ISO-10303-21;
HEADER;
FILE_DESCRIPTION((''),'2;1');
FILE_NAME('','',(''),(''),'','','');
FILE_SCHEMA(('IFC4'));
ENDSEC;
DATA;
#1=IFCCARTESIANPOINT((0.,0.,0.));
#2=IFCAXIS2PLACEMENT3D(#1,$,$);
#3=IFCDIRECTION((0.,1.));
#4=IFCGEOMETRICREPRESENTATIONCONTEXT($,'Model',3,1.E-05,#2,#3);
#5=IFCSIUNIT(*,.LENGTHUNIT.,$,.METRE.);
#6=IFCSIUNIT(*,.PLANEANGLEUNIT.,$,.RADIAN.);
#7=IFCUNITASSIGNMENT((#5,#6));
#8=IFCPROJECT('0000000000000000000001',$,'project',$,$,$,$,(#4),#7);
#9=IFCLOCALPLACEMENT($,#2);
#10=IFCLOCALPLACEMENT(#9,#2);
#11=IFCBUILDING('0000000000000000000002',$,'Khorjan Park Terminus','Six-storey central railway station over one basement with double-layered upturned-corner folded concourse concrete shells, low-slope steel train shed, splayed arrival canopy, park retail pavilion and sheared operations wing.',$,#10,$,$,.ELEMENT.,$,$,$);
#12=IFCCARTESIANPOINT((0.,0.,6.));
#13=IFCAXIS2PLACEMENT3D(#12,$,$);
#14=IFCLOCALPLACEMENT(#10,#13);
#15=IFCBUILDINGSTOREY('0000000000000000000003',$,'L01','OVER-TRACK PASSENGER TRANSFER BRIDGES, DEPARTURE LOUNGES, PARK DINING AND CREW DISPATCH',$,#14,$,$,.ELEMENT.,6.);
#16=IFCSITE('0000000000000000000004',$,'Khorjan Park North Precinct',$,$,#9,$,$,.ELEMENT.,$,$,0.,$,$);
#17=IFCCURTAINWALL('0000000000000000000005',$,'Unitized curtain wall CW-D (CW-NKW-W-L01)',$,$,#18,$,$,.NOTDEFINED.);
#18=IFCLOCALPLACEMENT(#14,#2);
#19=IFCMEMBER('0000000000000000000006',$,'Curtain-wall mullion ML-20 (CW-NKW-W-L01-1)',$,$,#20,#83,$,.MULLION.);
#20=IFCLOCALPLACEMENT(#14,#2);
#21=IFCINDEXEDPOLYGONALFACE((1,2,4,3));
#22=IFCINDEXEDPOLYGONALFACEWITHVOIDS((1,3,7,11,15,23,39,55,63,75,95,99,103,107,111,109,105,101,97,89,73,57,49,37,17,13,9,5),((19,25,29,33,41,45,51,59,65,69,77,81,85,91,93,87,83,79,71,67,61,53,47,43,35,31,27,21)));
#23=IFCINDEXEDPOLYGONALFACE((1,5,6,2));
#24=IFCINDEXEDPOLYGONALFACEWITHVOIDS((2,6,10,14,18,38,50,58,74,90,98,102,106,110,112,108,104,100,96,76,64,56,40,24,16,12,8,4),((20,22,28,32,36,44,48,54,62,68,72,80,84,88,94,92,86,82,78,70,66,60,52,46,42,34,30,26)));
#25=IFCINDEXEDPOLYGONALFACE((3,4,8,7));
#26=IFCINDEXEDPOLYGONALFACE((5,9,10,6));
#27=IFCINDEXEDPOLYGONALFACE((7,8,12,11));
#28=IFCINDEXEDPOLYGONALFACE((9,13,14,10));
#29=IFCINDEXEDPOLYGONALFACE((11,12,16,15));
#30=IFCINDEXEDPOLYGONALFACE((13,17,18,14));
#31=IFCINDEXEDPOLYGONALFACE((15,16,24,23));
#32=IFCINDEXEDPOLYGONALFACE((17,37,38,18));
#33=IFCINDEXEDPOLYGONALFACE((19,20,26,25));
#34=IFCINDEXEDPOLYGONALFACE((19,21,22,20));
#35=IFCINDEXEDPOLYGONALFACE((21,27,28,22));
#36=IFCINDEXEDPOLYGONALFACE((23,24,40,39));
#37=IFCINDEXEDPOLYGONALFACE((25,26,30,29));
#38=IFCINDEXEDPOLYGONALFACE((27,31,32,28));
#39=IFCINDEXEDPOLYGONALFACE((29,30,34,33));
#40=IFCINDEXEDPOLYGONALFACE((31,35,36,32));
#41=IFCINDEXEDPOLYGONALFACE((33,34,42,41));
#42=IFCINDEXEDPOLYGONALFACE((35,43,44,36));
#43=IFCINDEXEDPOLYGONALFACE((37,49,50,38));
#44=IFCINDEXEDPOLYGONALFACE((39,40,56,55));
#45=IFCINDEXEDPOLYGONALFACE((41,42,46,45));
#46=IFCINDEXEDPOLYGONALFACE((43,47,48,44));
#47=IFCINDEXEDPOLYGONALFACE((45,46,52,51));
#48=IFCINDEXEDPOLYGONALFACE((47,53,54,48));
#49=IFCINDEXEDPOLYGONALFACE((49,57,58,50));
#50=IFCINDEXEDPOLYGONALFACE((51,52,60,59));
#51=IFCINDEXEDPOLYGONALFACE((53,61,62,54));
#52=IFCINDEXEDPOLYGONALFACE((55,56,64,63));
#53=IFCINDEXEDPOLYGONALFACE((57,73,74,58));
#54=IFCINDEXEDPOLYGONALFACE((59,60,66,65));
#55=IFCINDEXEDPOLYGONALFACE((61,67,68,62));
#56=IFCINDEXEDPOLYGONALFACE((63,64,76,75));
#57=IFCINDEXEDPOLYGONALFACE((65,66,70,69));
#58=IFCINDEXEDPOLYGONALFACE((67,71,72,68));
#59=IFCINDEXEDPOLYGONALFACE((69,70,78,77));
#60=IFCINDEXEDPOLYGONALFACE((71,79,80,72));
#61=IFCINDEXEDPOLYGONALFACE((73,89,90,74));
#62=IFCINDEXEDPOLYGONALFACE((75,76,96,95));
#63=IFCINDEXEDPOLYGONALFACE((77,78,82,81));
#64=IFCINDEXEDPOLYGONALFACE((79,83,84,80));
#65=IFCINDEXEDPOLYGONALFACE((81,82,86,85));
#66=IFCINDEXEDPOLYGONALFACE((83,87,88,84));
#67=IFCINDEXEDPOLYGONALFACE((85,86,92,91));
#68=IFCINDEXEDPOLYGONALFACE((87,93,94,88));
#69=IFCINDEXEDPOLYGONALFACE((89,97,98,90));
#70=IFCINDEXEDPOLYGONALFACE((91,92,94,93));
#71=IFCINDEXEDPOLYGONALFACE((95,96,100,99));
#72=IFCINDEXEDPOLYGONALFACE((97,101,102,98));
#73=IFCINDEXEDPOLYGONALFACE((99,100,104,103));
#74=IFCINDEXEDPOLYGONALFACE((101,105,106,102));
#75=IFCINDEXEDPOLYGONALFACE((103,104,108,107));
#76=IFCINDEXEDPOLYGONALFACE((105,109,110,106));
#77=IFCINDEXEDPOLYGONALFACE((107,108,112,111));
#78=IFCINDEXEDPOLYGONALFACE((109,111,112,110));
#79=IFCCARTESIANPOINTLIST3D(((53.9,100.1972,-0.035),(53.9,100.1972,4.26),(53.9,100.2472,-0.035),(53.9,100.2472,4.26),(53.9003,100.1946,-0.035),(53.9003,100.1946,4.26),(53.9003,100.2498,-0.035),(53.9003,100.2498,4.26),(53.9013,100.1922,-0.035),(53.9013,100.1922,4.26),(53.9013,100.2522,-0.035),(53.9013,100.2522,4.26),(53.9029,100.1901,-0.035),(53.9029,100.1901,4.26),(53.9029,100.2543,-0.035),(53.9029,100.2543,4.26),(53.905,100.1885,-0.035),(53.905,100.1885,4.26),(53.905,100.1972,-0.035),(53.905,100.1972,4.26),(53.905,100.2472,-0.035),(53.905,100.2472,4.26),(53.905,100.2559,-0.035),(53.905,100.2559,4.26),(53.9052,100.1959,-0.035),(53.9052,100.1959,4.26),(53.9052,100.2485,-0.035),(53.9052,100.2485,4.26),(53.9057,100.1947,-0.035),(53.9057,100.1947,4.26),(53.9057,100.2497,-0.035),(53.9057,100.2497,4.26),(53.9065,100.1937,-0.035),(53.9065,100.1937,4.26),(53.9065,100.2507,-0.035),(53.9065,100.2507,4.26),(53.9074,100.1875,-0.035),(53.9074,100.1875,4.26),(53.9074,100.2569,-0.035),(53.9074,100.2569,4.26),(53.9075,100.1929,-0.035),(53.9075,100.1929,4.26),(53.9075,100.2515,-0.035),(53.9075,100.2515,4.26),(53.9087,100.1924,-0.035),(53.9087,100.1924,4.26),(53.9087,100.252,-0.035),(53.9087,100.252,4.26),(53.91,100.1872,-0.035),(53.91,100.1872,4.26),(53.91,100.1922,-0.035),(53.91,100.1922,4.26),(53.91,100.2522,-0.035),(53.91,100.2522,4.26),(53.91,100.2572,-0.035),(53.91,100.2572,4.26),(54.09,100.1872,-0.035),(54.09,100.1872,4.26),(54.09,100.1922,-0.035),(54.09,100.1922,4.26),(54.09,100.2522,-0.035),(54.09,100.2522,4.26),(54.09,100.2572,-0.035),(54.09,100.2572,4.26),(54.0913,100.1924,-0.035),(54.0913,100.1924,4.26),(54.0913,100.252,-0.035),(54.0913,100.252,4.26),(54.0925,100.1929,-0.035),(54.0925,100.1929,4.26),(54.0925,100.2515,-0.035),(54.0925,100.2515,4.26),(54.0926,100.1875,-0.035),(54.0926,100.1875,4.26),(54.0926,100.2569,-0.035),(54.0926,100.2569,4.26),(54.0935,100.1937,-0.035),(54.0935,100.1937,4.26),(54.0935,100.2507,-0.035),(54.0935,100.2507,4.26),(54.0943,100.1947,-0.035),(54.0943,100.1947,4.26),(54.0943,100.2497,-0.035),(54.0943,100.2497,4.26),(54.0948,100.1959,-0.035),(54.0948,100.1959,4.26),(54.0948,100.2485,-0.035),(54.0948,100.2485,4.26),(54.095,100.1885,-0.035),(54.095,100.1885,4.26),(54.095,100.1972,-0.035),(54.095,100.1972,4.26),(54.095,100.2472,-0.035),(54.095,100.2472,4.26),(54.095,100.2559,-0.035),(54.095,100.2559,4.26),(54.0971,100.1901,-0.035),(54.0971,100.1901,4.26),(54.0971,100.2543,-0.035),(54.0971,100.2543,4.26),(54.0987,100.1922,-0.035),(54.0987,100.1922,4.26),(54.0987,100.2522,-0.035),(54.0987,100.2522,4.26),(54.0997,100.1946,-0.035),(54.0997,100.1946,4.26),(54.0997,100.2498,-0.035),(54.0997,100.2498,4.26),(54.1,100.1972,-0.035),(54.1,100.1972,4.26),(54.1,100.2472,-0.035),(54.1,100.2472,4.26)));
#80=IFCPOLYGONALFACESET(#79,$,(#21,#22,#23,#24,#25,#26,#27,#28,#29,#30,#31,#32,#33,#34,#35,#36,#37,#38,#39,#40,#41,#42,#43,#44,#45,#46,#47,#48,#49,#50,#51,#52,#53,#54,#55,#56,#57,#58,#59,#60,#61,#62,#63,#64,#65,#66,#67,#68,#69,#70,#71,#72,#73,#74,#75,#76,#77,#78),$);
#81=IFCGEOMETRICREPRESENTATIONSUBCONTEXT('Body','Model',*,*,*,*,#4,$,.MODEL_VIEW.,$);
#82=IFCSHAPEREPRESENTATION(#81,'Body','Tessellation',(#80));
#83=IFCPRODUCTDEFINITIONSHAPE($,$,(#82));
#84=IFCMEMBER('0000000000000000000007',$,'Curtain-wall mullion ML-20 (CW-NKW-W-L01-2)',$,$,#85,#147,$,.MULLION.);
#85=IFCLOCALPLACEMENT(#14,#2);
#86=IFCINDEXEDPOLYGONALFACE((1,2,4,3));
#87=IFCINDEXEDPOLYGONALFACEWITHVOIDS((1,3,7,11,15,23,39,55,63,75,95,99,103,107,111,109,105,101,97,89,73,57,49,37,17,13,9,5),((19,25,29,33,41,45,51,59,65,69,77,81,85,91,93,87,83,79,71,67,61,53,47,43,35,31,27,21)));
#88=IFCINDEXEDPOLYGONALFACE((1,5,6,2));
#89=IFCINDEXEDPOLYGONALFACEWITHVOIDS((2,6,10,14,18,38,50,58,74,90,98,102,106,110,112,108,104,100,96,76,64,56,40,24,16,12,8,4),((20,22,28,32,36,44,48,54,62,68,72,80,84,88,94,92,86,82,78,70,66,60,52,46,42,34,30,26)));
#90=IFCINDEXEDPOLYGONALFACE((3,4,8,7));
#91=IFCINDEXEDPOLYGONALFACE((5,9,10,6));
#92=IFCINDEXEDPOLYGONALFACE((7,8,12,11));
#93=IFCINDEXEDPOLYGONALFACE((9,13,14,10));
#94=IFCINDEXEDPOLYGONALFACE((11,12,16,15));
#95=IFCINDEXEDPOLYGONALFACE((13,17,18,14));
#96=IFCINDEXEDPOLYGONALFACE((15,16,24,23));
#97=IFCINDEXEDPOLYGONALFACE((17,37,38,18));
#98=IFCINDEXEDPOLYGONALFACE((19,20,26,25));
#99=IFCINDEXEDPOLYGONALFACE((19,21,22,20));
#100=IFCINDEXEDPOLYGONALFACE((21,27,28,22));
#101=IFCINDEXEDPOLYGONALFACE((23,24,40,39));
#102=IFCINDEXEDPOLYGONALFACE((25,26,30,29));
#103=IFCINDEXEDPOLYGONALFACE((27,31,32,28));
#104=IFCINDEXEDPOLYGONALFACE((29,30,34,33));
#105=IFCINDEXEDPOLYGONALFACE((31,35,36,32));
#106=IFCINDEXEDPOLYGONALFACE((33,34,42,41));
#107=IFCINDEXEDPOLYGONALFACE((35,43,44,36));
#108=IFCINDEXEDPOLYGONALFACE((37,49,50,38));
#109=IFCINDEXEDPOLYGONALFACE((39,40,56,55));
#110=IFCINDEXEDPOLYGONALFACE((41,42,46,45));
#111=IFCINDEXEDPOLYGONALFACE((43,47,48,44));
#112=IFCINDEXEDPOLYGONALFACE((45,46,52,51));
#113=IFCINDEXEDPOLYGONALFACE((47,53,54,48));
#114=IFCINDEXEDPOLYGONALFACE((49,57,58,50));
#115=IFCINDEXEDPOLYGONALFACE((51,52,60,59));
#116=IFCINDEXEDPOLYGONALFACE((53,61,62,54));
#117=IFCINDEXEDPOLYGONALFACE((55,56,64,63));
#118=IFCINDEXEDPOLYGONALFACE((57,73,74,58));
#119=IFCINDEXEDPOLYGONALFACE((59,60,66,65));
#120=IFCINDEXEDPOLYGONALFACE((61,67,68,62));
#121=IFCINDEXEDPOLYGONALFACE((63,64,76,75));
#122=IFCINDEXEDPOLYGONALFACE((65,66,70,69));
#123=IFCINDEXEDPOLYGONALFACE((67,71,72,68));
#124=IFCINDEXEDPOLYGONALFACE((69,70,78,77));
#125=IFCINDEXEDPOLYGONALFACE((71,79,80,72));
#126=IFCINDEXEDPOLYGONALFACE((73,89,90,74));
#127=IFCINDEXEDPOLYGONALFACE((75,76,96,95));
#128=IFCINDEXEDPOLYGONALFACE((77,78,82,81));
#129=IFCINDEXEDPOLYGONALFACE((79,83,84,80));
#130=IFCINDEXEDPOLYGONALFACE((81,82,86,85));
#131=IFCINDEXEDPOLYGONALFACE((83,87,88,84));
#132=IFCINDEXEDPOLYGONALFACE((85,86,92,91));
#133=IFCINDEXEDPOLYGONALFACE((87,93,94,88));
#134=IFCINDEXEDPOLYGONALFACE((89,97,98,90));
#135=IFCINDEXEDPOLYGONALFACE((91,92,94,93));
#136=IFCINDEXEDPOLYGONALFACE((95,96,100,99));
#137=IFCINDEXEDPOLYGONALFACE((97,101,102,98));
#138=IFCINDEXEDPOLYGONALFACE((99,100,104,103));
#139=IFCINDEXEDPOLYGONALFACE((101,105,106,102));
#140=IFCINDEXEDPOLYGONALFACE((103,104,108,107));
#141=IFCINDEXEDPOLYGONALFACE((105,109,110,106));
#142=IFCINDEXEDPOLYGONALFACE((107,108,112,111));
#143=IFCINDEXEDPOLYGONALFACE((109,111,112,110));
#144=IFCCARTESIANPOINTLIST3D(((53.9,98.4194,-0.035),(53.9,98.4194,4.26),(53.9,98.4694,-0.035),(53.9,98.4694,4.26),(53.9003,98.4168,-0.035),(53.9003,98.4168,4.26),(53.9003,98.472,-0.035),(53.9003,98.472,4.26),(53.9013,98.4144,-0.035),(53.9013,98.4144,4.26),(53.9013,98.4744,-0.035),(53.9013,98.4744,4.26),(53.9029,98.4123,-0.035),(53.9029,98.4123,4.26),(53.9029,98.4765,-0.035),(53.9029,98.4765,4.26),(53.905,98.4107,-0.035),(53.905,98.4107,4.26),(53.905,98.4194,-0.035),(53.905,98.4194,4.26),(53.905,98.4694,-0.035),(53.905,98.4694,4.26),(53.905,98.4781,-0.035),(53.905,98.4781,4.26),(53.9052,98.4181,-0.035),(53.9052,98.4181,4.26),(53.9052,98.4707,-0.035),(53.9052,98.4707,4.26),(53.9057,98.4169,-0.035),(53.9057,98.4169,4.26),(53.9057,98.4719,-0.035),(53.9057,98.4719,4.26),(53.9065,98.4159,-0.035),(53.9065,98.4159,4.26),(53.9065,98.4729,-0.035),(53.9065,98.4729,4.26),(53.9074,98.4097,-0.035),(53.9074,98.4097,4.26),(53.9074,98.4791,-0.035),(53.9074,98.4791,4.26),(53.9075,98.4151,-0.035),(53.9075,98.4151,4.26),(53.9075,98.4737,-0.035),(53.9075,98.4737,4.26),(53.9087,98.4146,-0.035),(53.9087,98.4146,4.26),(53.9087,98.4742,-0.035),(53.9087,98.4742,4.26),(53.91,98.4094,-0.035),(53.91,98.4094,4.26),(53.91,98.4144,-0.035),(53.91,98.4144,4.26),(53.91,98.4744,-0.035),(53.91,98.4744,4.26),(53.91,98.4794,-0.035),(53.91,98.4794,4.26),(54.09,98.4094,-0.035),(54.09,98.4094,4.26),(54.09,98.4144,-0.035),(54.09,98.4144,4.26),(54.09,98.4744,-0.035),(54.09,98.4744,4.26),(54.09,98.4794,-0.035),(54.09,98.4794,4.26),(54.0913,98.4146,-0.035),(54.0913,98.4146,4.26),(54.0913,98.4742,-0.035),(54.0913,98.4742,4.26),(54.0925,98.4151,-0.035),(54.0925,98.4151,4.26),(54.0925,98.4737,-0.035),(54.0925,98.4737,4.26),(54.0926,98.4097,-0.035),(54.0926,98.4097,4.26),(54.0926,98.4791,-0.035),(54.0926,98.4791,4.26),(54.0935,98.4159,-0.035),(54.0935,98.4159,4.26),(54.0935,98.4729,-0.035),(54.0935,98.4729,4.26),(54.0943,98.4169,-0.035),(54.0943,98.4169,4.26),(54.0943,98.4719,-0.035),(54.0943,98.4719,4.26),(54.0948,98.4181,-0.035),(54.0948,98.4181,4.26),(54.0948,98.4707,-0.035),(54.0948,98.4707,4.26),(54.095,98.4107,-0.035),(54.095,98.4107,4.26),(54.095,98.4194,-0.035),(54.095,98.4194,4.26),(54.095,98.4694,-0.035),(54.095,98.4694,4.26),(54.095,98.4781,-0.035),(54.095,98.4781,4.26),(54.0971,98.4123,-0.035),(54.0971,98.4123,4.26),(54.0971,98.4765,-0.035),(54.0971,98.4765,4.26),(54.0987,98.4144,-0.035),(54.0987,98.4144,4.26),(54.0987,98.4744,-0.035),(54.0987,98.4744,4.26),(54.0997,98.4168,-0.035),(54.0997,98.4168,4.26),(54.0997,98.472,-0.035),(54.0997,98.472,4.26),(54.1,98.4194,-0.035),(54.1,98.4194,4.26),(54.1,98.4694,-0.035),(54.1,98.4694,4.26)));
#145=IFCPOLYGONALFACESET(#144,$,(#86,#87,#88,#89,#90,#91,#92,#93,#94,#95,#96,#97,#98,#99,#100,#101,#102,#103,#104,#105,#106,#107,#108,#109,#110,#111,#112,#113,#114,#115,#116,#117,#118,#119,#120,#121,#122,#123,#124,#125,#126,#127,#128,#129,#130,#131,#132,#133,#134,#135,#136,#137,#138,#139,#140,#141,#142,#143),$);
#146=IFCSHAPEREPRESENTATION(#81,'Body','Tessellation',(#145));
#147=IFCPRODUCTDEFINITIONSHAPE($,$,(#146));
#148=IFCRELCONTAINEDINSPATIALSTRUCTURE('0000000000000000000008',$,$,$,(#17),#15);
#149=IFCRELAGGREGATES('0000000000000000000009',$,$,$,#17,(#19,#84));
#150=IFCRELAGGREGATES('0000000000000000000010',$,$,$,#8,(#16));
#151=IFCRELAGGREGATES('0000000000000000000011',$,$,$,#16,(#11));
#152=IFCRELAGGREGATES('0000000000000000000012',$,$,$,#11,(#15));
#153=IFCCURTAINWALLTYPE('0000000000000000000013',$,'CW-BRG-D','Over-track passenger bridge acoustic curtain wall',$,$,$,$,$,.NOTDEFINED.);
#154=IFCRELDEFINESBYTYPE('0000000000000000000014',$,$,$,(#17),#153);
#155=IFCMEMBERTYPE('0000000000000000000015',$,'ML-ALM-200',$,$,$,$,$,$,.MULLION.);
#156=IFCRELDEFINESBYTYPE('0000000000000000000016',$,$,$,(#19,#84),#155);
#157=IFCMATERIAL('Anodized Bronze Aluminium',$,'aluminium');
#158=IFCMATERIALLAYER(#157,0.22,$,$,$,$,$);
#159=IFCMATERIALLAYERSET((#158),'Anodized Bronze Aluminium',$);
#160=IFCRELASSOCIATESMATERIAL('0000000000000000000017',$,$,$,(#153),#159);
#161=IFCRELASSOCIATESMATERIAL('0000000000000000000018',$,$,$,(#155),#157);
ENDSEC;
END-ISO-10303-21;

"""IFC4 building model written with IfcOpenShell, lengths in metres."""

from ifc_helpers import new_model, si_unit, direction, frame, origin, origin_2d, place, context, subcontext, project, spatial, hollow_rectangle, extrude, material, layer, layer_set, material_profile, profile_set, type_object, element, aggregate, save


model = new_model("IFC4")

# Units and contexts
model_context = context("Model", 3, precision=1e-05, world=origin(), true_north=direction((0.0, 1.0)))
body_context = subcontext(model_context, "Body", "Model", "MODEL_VIEW")
ifc_project = project(units=[si_unit("LENGTHUNIT", "METRE"), si_unit("PLANEANGLEUNIT", "RADIAN")], contexts=[model_context])

# Site, building, storey
site_placement = place(None, origin())
site = spatial("IfcSite", under=ifc_project, at=site_placement, Name="Khorjan Park North Precinct", CompositionType="ELEMENT", RefElevation=0.0)
building_placement = place(site_placement, origin())
building = spatial("IfcBuilding", under=site, at=building_placement, Name="Khorjan Park Terminus", Description="Six-storey central railway station over one basement with double-layered upturned-corner folded concourse concrete shells, low-slope steel train shed, splayed arrival canopy, park retail pavilion and sheared operations wing.", CompositionType="ELEMENT")
storey_placement = place(building_placement, frame((0.0, 0.0, 6.0)))
storey = spatial("IfcBuildingStorey", under=building, at=storey_placement, Name="L01", Description="OVER-TRACK PASSENGER TRANSFER BRIDGES, DEPARTURE LOUNGES, PARK DINING AND CREW DISPATCH", CompositionType="ELEMENT", Elevation=6.0)

# Curtain wall, members
ifc_material_1 = material(Name="Anodized Bronze Aluminium", Category="aluminium")
ifc_layer_1 = layer(ifc_material_1, 0.22)
ifc_layer_set_1 = layer_set([ifc_layer_1], Name="Anodized Bronze Aluminium")
curtain_wall_type = type_object("IfcCurtainWallType", Name="CW-BRG-D", Description="Over-track passenger bridge acoustic curtain wall", PredefinedType="NOTDEFINED", material=ifc_layer_set_1)
curtain_wall_placement = place(storey_placement, origin())
curtain_wall = element("IfcCurtainWall", 1, at=curtain_wall_placement, inside=storey, type_object=curtain_wall_type, Name="Unitized curtain wall CW-D (CW-NKW-W-L01)", PredefinedType="NOTDEFINED")
ifc_material_profile_1 = material_profile(ifc_material_1, hollow_rectangle(XDim=0.07, YDim=0.2, WallThickness=0.005, InnerFilletRadius=0.005, OuterFilletRadius=0.01, at=origin_2d()), Name="ALM 70x200x5")
ifc_profile_set_1 = profile_set([ifc_material_profile_1], Name="Anodized Bronze Aluminium")
member_type_1 = type_object("IfcMemberType", Name="ML-ALM-200", PredefinedType="MULLION", material=ifc_profile_set_1)
member_1_placement = place(storey_placement, frame((54.0, 100.2222, -0.035), z_axis=(0.0, 0.0, 1.0), x_axis=(0.0, -1.0, 0.0)))
member_1 = element("IfcMember", 2, at=member_1_placement, type_object=member_type_1, Name="Curtain-wall mullion ML-20 (CW-NKW-W-L01-1)", PredefinedType="MULLION", context=body_context, shape_type="SweptSolid", body=[
    extrude(hollow_rectangle(XDim=0.07, YDim=0.2, WallThickness=0.005, InnerFilletRadius=0.005, OuterFilletRadius=0.01, at=origin_2d()), origin(), (0.0, 0.0, 1.0), 4.295),
])
member_2_placement = place(storey_placement, frame((54.0, 98.4444, -0.035), z_axis=(0.0, 0.0, 1.0), x_axis=(0.0, -1.0, 0.0)))
member_2 = element("IfcMember", 3, at=member_2_placement, type_object=member_type_1, Name="Curtain-wall mullion ML-20 (CW-NKW-W-L01-2)", PredefinedType="MULLION", context=body_context, shape_type="SweptSolid", body=[
    extrude(hollow_rectangle(XDim=0.07, YDim=0.2, WallThickness=0.005, InnerFilletRadius=0.005, OuterFilletRadius=0.01, at=origin_2d()), origin(), (0.0, 0.0, 1.0), 4.295),
])
aggregate(curtain_wall, [member_1, member_2])

save(model, "model.ifc")
